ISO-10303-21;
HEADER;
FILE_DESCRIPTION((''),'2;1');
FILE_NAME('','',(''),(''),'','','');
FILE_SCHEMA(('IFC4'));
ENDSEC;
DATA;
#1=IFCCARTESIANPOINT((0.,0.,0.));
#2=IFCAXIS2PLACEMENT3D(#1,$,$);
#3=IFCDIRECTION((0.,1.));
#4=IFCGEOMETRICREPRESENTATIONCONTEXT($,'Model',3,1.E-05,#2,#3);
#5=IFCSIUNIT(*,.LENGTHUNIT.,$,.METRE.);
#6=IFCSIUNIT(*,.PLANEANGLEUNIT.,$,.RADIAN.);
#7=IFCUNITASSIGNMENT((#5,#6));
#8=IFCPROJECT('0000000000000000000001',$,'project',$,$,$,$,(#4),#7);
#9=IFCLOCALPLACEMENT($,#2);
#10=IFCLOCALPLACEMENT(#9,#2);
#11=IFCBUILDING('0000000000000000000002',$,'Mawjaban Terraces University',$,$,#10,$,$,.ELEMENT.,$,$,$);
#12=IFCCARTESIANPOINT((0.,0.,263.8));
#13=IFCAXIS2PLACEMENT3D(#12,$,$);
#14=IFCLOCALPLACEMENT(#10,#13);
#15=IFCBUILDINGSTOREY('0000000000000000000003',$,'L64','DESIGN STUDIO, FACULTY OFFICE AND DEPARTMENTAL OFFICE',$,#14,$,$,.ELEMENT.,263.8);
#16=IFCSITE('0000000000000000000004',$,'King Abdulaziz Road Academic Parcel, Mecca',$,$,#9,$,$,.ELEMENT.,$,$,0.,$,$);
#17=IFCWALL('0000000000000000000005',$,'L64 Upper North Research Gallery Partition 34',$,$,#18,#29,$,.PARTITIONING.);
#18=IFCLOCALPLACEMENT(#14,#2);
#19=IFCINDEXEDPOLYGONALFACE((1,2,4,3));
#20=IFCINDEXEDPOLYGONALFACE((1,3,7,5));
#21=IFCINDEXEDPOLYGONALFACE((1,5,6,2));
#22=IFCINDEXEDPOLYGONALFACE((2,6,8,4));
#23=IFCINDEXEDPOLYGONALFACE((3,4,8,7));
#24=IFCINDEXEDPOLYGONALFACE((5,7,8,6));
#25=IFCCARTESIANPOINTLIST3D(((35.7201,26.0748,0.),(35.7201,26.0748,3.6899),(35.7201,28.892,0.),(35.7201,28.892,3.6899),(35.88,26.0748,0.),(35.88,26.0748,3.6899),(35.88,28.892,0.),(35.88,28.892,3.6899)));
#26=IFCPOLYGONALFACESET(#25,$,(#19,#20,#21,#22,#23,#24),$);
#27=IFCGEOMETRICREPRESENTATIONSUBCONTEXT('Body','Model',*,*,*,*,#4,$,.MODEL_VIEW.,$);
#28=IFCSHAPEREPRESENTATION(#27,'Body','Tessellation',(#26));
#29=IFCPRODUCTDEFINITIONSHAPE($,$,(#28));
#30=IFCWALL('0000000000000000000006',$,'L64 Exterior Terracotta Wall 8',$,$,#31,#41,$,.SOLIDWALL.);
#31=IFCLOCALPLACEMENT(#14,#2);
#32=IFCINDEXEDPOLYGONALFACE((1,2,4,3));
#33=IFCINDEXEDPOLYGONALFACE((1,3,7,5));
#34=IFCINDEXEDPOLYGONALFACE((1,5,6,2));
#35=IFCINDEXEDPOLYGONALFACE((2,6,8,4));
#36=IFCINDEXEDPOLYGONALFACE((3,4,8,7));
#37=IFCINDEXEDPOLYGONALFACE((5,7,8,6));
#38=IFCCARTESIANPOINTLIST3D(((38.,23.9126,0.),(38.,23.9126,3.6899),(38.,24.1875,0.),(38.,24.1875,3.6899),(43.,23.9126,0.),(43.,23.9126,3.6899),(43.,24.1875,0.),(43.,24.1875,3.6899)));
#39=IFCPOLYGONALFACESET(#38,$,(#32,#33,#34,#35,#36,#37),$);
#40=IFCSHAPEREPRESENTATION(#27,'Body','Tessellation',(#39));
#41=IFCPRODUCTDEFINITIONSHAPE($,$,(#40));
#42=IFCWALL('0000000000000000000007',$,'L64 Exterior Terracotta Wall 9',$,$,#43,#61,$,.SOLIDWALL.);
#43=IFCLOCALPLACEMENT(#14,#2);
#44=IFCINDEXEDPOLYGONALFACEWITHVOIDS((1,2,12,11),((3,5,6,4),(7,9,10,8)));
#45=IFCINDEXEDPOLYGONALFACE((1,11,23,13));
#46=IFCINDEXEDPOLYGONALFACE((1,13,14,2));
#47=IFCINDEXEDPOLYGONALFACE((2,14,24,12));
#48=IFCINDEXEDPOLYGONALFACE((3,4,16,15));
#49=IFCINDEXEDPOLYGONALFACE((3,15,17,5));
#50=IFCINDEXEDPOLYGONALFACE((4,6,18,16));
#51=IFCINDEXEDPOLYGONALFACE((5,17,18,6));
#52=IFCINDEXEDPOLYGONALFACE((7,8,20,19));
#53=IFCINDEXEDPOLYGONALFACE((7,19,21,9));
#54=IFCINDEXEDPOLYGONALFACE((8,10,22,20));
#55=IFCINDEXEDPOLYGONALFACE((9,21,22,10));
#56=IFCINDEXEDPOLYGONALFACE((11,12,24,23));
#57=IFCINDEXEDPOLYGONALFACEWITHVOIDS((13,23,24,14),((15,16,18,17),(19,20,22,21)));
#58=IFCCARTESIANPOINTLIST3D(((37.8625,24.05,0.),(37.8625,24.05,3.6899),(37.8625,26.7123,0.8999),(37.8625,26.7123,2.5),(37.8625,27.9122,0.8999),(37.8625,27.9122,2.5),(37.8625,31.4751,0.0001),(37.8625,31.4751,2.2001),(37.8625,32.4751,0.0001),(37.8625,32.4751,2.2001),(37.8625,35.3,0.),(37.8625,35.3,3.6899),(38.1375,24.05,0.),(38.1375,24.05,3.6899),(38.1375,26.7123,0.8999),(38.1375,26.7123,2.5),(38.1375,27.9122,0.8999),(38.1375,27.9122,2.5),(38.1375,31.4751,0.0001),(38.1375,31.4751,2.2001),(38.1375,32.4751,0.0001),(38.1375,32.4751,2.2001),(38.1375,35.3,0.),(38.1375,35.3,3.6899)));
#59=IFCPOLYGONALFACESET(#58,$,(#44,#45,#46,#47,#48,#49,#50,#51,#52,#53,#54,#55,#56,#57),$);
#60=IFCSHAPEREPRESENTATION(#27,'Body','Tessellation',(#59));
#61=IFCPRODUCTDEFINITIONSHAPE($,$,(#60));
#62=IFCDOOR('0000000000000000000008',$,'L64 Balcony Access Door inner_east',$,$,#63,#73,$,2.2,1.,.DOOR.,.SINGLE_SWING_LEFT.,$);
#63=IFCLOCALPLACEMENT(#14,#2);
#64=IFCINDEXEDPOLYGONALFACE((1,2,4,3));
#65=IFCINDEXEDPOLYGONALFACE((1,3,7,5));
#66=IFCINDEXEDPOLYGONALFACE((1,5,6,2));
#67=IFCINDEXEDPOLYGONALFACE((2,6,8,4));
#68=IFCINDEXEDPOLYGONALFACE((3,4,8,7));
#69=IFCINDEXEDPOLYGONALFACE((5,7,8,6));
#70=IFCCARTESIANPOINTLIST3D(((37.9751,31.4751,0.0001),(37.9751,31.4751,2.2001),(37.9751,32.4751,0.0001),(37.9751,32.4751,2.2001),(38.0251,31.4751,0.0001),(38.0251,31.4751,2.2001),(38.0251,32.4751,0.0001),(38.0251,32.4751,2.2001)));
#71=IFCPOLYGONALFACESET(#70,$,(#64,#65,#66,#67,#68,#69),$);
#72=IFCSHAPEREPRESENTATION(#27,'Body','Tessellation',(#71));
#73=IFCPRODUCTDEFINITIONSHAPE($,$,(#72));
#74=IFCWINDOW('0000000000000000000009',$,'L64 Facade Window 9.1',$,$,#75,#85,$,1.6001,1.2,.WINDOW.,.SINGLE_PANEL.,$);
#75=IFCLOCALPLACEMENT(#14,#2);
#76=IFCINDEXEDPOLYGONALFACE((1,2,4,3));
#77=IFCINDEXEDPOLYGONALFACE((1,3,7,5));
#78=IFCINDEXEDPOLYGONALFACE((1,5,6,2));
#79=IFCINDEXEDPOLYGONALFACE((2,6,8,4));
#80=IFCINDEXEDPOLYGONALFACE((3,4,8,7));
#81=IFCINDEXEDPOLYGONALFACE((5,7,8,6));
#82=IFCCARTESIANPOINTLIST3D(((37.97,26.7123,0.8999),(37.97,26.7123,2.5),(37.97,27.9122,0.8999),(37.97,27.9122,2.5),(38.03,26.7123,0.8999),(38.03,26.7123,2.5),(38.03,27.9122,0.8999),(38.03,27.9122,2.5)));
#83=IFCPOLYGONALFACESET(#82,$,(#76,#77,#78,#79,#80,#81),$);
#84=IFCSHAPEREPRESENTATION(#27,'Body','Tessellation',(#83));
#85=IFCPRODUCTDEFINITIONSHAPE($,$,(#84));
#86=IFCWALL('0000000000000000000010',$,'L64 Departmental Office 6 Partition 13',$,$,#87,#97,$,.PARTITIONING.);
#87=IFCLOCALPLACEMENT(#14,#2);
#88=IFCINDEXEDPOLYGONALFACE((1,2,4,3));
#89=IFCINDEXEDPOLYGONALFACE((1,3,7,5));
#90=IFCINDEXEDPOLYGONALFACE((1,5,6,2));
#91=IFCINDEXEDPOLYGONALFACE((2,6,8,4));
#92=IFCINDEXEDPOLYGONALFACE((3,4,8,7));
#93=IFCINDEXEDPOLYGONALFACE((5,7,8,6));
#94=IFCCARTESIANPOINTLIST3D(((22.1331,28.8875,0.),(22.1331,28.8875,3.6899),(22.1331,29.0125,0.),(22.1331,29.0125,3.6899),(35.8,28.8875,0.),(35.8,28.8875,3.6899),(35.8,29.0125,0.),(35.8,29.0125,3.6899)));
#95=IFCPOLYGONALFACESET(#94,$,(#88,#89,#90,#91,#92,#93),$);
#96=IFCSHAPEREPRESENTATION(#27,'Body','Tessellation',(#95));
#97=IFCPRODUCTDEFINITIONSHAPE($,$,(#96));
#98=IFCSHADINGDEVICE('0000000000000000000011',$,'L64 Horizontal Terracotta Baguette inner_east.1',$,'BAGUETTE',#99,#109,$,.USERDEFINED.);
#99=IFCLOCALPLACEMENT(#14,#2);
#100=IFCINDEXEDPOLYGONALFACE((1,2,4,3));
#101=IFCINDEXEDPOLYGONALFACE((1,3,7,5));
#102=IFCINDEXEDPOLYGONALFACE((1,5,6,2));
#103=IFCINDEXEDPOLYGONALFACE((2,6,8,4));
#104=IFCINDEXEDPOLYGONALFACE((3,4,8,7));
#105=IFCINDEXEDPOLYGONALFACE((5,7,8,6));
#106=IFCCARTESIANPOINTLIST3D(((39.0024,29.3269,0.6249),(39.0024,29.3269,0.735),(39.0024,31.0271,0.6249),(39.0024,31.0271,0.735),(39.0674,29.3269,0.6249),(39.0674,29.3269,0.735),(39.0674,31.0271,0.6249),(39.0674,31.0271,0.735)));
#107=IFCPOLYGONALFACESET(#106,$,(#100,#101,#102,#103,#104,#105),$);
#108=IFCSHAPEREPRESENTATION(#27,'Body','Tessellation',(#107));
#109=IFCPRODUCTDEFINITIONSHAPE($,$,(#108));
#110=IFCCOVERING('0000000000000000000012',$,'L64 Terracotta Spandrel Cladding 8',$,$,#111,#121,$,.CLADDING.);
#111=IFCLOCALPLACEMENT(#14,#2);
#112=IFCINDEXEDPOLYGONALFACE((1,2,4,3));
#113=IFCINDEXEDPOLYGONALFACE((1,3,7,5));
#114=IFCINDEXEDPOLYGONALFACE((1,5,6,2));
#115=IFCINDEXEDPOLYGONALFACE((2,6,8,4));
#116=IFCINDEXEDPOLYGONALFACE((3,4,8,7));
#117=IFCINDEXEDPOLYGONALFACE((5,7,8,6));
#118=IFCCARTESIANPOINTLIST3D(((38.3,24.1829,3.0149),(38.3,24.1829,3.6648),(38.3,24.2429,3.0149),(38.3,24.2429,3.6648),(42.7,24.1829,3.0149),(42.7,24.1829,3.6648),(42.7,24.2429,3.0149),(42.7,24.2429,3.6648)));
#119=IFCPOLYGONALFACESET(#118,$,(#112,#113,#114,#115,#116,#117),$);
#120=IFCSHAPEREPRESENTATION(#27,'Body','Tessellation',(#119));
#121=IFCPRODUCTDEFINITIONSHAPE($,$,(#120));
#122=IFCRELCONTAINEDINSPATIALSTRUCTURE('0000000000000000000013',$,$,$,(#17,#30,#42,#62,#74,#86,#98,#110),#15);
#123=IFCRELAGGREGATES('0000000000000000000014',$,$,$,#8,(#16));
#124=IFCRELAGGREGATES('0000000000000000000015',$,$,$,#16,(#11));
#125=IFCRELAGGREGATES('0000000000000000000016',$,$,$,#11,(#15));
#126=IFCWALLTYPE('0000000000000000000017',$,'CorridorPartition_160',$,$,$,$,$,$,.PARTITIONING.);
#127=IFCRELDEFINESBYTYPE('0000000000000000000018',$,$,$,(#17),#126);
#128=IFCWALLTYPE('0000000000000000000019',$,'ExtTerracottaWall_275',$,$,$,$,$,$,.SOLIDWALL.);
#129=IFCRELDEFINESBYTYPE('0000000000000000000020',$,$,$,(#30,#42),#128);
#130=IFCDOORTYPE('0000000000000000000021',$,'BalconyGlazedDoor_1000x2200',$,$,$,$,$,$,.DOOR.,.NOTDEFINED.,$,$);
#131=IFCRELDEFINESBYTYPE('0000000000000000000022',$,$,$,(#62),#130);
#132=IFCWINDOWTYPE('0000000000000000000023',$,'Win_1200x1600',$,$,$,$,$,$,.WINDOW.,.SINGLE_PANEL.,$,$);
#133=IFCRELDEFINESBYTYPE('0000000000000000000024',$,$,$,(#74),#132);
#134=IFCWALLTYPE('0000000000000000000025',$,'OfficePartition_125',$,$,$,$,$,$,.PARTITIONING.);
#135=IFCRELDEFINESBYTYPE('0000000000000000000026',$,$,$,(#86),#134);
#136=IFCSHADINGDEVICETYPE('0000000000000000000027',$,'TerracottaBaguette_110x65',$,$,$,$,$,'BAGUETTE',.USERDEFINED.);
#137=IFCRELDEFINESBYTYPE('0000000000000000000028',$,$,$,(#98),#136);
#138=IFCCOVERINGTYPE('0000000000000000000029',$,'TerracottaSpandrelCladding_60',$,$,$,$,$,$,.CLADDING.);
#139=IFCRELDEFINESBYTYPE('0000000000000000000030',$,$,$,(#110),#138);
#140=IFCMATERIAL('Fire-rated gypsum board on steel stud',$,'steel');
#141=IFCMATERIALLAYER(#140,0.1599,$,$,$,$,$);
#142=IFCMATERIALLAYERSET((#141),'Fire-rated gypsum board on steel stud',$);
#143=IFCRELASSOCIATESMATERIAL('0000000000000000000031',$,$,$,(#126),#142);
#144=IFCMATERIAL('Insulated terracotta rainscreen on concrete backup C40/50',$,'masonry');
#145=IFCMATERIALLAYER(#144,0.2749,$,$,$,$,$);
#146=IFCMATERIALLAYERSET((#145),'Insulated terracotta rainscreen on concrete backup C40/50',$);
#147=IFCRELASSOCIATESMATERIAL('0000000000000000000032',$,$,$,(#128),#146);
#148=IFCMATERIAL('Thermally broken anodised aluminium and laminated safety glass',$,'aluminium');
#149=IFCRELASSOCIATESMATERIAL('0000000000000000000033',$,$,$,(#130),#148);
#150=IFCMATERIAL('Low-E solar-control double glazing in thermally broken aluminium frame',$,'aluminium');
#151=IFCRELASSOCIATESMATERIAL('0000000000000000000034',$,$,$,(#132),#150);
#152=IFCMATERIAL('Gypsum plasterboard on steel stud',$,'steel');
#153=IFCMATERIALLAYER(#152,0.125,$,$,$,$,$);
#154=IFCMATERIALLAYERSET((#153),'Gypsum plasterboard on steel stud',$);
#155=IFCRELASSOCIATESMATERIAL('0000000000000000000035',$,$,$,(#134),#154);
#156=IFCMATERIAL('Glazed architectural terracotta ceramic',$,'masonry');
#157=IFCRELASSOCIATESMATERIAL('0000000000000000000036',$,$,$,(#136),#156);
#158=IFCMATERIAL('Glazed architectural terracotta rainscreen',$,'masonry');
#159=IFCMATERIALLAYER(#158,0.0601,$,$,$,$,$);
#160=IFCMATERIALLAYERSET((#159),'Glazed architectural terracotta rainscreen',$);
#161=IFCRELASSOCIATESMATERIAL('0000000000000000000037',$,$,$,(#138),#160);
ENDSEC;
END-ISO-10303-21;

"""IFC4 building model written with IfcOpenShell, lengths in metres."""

from ifc_helpers import new_model, si_unit, direction, frame, frame_2d, origin, origin_2d, place, context, subcontext, project, spatial, rectangle, extrude, material, layer, layer_set, material_profile, profile_set, type_object, element, fill, save


model = new_model("IFC4")

# Units and contexts
model_context = context("Model", 3, precision=1e-05, world=origin(), true_north=direction((0.0, 1.0)))
body_context = subcontext(model_context, "Body", "Model", "MODEL_VIEW")
ifc_project = project(units=[si_unit("LENGTHUNIT", "METRE"), si_unit("PLANEANGLEUNIT", "RADIAN")], contexts=[model_context])

# Site, building, storey
site_placement = place(None, origin())
site = spatial("IfcSite", under=ifc_project, at=site_placement, Name="King Abdulaziz Road Academic Parcel, Mecca", CompositionType="ELEMENT", RefElevation=0.0)
building_placement = place(site_placement, origin())
building = spatial("IfcBuilding", under=site, at=building_placement, Name="Mawjaban Terraces University", CompositionType="ELEMENT")
storey_placement = place(building_placement, frame((0.0, 0.0, 263.8)))
storey = spatial("IfcBuildingStorey", under=building, at=storey_placement, Name="L64", Description="DESIGN STUDIO, FACULTY OFFICE AND DEPARTMENTAL OFFICE", CompositionType="ELEMENT", Elevation=263.8)

# Shared definitions
ifc_material_1 = material(Name="Fire-rated gypsum board on steel stud", Category="steel")
ifc_layer_1 = layer(ifc_material_1, 0.1599)
ifc_layer_set_1 = layer_set([ifc_layer_1], Name="Fire-rated gypsum board on steel stud")
wall_type_1 = type_object("IfcWallType", Name="CorridorPartition_160", PredefinedType="PARTITIONING", material=ifc_layer_set_1)

# Walls
wall_1_placement = place(storey_placement, frame((35.8, 28.8921, 0.0), z_axis=(0.0, 0.0, 1.0), x_axis=(0.0, -1.0, 0.0)))
element("IfcWall", 1, at=wall_1_placement, inside=storey, type_object=wall_type_1, Name="L64 Upper North Research Gallery Partition 34", PredefinedType="PARTITIONING", context=body_context, shape_type="SweptSolid", body=[
    extrude(rectangle(XDim=2.8171, YDim=0.1599, at=frame_2d((1.4087, 0.0))), origin(), (0.0, 0.0, 1.0), 3.6899),
])
ifc_material_2 = material(Name="Insulated terracotta rainscreen on concrete backup C40/50", Category="masonry")
ifc_layer_2 = layer(ifc_material_2, 0.2749)
ifc_layer_set_2 = layer_set([ifc_layer_2], Name="Insulated terracotta rainscreen on concrete backup C40/50")
wall_type_2 = type_object("IfcWallType", Name="ExtTerracottaWall_275", PredefinedType="SOLIDWALL", material=ifc_layer_set_2)
wall_2_placement = place(storey_placement, frame((43.0, 24.05, 0.0), z_axis=(0.0, 0.0, 1.0), x_axis=(-1.0, 0.0, 0.0)))
element("IfcWall", 2, at=wall_2_placement, inside=storey, type_object=wall_type_2, Name="L64 Exterior Terracotta Wall 8", PredefinedType="SOLIDWALL", context=body_context, shape_type="SweptSolid", body=[
    extrude(rectangle(XDim=5.0, YDim=0.2749, at=frame_2d((2.5, 0.0))), origin(), (0.0, 0.0, 1.0), 3.6899),
])

# Wall, openings, door, window
wall_3_placement = place(storey_placement, frame((38.0, 24.05, 0.0), z_axis=(0.0, 0.0, 1.0), x_axis=(0.0, 1.0, 0.0)))
wall_3 = element("IfcWall", 3, at=wall_3_placement, inside=storey, type_object=wall_type_2, Name="L64 Exterior Terracotta Wall 9", PredefinedType="SOLIDWALL", context=body_context, shape_type="SweptSolid", body=[
    extrude(rectangle(XDim=11.25, YDim=0.2749, at=frame_2d((5.625, 0.0))), origin(), (0.0, 0.0, 1.0), 3.6899),
])
opening_1_placement = place(wall_3_placement, frame((7.425, 0.0, 0.0)))
opening_1 = element("IfcOpeningElement", 4, at=opening_1_placement, cuts=wall_3, PredefinedType="OPENING", context=body_context, shape_type="SweptSolid", body=[
    extrude(rectangle(XDim=1.0, YDim=2.2, at=frame_2d((0.5, 1.1001))), frame((0.0, 0.1475, 0.0), z_axis=(0.0, -1.0, 0.0), x_axis=(1.0, 0.0, 0.0)), (0.0, 0.0, 1.0), 0.2949),
])
opening_2_placement = place(wall_3_placement, frame((2.6621, 0.0, 0.8999)))
opening_2 = element("IfcOpeningElement", 5, at=opening_2_placement, cuts=wall_3, PredefinedType="OPENING", context=body_context, shape_type="SweptSolid", body=[
    extrude(rectangle(XDim=1.2, YDim=1.6001, at=frame_2d((0.6001, 0.8))), frame((0.0, 0.1475, 0.0), z_axis=(0.0, -1.0, 0.0), x_axis=(1.0, 0.0, 0.0)), (0.0, 0.0, 1.0), 0.2949),
])
ifc_material_3 = material(Name="Thermally broken anodised aluminium and laminated safety glass", Category="aluminium")
door_type_1 = type_object("IfcDoorType", Name="BalconyGlazedDoor_1000x2200", OperationType="NOTDEFINED", PredefinedType="DOOR", material=ifc_material_3)
door_1_placement = place(opening_1_placement, origin())
door_1 = element("IfcDoor", 6, at=door_1_placement, inside=storey, type_object=door_type_1, Name="L64 Balcony Access Door inner_east", OperationType="SINGLE_SWING_LEFT", OverallHeight=2.2, OverallWidth=1.0, PredefinedType="DOOR", context=body_context, shape_type="SweptSolid", body=[
    extrude(rectangle(XDim=1.0, YDim=2.2, at=frame_2d((0.5, 1.1001))), frame((0.0, 0.0249, 0.0), z_axis=(0.0, -1.0, 0.0), x_axis=(1.0, 0.0, 0.0)), (0.0, 0.0, 1.0), 0.05),
])
fill(opening_1, door_1)
ifc_material_4 = material(Name="Low-E solar-control double glazing in thermally broken aluminium frame", Category="aluminium")
window_type = type_object("IfcWindowType", Name="Win_1200x1600", PartitioningType="SINGLE_PANEL", PredefinedType="WINDOW", material=ifc_material_4)
window_placement = place(opening_2_placement, origin())
window = element("IfcWindow", 7, at=window_placement, inside=storey, type_object=window_type, Name="L64 Facade Window 9.1", OverallHeight=1.6001, OverallWidth=1.2, PartitioningType="SINGLE_PANEL", PredefinedType="WINDOW", context=body_context, shape_type="SweptSolid", body=[
    extrude(rectangle(XDim=1.2, YDim=1.6001, at=frame_2d((0.6001, 0.8))), frame((0.0, 0.03, 0.0), z_axis=(0.0, -1.0, 0.0), x_axis=(1.0, 0.0, 0.0)), (0.0, 0.0, 1.0), 0.0601),
])
fill(opening_2, window)

# Wall
ifc_material_5 = material(Name="Gypsum plasterboard on steel stud", Category="steel")
ifc_layer_3 = layer(ifc_material_5, 0.125)
ifc_layer_set_3 = layer_set([ifc_layer_3], Name="Gypsum plasterboard on steel stud")
wall_type_3 = type_object("IfcWallType", Name="OfficePartition_125", PredefinedType="PARTITIONING", material=ifc_layer_set_3)
wall_4_placement = place(storey_placement, frame((35.8, 28.95, 0.0), z_axis=(0.0, 0.0, 1.0), x_axis=(-1.0, 0.0, 0.0)))
element("IfcWall", 8, at=wall_4_placement, inside=storey, type_object=wall_type_3, Name="L64 Departmental Office 6 Partition 13", PredefinedType="PARTITIONING", context=body_context, shape_type="SweptSolid", body=[
    extrude(rectangle(XDim=13.667, YDim=0.125, at=frame_2d((6.8335, 0.0))), origin(), (0.0, 0.0, 1.0), 3.6899),
])

# Shading device
ifc_material_6 = material(Name="Glazed architectural terracotta ceramic", Category="masonry")
ifc_material_profile_1 = material_profile(ifc_material_6, rectangle(XDim=0.0649, YDim=0.1101, at=origin_2d()), Name="TBAG110X65")
ifc_profile_set_1 = profile_set([ifc_material_profile_1], Name="Glazed architectural terracotta ceramic")
shading_device_type = type_object("IfcShadingDeviceType", Name="TerracottaBaguette_110x65", ElementType="BAGUETTE", PredefinedType="USERDEFINED", material=ifc_profile_set_1)
shading_device_placement = place(storey_placement, frame((39.0349, 29.3269, 0.6799), z_axis=(0.0, 1.0, 0.0), x_axis=(-1.0, 0.0, 0.0)))
element("IfcShadingDevice", 9, at=shading_device_placement, inside=storey, type_object=shading_device_type, Name="L64 Horizontal Terracotta Baguette inner_east.1", ObjectType="BAGUETTE", PredefinedType="USERDEFINED", context=body_context, shape_type="SweptSolid", body=[
    extrude(rectangle(XDim=0.0649, YDim=0.1101, at=origin_2d()), origin(), (0.0, 0.0, 1.0), 1.7002),
])

# Covering
ifc_material_7 = material(Name="Glazed architectural terracotta rainscreen", Category="masonry")
ifc_layer_4 = layer(ifc_material_7, 0.0601)
ifc_layer_set_4 = layer_set([ifc_layer_4], Name="Glazed architectural terracotta rainscreen")
covering_type = type_object("IfcCoveringType", Name="TerracottaSpandrelCladding_60", PredefinedType="CLADDING", material=ifc_layer_set_4)
covering_placement = place(storey_placement, frame((40.5, 24.2129, 3.0149), z_axis=(0.0, 0.0, 1.0), x_axis=(-1.0, 0.0, 0.0)))
element("IfcCovering", 10, at=covering_placement, inside=storey, type_object=covering_type, Name="L64 Terracotta Spandrel Cladding 8", PredefinedType="CLADDING", context=body_context, shape_type="SweptSolid", body=[
    extrude(rectangle(XDim=4.3999, YDim=0.0601, at=origin_2d()), origin(), (0.0, 0.0, 1.0), 0.6499),
])

save(model, "model.ifc")
